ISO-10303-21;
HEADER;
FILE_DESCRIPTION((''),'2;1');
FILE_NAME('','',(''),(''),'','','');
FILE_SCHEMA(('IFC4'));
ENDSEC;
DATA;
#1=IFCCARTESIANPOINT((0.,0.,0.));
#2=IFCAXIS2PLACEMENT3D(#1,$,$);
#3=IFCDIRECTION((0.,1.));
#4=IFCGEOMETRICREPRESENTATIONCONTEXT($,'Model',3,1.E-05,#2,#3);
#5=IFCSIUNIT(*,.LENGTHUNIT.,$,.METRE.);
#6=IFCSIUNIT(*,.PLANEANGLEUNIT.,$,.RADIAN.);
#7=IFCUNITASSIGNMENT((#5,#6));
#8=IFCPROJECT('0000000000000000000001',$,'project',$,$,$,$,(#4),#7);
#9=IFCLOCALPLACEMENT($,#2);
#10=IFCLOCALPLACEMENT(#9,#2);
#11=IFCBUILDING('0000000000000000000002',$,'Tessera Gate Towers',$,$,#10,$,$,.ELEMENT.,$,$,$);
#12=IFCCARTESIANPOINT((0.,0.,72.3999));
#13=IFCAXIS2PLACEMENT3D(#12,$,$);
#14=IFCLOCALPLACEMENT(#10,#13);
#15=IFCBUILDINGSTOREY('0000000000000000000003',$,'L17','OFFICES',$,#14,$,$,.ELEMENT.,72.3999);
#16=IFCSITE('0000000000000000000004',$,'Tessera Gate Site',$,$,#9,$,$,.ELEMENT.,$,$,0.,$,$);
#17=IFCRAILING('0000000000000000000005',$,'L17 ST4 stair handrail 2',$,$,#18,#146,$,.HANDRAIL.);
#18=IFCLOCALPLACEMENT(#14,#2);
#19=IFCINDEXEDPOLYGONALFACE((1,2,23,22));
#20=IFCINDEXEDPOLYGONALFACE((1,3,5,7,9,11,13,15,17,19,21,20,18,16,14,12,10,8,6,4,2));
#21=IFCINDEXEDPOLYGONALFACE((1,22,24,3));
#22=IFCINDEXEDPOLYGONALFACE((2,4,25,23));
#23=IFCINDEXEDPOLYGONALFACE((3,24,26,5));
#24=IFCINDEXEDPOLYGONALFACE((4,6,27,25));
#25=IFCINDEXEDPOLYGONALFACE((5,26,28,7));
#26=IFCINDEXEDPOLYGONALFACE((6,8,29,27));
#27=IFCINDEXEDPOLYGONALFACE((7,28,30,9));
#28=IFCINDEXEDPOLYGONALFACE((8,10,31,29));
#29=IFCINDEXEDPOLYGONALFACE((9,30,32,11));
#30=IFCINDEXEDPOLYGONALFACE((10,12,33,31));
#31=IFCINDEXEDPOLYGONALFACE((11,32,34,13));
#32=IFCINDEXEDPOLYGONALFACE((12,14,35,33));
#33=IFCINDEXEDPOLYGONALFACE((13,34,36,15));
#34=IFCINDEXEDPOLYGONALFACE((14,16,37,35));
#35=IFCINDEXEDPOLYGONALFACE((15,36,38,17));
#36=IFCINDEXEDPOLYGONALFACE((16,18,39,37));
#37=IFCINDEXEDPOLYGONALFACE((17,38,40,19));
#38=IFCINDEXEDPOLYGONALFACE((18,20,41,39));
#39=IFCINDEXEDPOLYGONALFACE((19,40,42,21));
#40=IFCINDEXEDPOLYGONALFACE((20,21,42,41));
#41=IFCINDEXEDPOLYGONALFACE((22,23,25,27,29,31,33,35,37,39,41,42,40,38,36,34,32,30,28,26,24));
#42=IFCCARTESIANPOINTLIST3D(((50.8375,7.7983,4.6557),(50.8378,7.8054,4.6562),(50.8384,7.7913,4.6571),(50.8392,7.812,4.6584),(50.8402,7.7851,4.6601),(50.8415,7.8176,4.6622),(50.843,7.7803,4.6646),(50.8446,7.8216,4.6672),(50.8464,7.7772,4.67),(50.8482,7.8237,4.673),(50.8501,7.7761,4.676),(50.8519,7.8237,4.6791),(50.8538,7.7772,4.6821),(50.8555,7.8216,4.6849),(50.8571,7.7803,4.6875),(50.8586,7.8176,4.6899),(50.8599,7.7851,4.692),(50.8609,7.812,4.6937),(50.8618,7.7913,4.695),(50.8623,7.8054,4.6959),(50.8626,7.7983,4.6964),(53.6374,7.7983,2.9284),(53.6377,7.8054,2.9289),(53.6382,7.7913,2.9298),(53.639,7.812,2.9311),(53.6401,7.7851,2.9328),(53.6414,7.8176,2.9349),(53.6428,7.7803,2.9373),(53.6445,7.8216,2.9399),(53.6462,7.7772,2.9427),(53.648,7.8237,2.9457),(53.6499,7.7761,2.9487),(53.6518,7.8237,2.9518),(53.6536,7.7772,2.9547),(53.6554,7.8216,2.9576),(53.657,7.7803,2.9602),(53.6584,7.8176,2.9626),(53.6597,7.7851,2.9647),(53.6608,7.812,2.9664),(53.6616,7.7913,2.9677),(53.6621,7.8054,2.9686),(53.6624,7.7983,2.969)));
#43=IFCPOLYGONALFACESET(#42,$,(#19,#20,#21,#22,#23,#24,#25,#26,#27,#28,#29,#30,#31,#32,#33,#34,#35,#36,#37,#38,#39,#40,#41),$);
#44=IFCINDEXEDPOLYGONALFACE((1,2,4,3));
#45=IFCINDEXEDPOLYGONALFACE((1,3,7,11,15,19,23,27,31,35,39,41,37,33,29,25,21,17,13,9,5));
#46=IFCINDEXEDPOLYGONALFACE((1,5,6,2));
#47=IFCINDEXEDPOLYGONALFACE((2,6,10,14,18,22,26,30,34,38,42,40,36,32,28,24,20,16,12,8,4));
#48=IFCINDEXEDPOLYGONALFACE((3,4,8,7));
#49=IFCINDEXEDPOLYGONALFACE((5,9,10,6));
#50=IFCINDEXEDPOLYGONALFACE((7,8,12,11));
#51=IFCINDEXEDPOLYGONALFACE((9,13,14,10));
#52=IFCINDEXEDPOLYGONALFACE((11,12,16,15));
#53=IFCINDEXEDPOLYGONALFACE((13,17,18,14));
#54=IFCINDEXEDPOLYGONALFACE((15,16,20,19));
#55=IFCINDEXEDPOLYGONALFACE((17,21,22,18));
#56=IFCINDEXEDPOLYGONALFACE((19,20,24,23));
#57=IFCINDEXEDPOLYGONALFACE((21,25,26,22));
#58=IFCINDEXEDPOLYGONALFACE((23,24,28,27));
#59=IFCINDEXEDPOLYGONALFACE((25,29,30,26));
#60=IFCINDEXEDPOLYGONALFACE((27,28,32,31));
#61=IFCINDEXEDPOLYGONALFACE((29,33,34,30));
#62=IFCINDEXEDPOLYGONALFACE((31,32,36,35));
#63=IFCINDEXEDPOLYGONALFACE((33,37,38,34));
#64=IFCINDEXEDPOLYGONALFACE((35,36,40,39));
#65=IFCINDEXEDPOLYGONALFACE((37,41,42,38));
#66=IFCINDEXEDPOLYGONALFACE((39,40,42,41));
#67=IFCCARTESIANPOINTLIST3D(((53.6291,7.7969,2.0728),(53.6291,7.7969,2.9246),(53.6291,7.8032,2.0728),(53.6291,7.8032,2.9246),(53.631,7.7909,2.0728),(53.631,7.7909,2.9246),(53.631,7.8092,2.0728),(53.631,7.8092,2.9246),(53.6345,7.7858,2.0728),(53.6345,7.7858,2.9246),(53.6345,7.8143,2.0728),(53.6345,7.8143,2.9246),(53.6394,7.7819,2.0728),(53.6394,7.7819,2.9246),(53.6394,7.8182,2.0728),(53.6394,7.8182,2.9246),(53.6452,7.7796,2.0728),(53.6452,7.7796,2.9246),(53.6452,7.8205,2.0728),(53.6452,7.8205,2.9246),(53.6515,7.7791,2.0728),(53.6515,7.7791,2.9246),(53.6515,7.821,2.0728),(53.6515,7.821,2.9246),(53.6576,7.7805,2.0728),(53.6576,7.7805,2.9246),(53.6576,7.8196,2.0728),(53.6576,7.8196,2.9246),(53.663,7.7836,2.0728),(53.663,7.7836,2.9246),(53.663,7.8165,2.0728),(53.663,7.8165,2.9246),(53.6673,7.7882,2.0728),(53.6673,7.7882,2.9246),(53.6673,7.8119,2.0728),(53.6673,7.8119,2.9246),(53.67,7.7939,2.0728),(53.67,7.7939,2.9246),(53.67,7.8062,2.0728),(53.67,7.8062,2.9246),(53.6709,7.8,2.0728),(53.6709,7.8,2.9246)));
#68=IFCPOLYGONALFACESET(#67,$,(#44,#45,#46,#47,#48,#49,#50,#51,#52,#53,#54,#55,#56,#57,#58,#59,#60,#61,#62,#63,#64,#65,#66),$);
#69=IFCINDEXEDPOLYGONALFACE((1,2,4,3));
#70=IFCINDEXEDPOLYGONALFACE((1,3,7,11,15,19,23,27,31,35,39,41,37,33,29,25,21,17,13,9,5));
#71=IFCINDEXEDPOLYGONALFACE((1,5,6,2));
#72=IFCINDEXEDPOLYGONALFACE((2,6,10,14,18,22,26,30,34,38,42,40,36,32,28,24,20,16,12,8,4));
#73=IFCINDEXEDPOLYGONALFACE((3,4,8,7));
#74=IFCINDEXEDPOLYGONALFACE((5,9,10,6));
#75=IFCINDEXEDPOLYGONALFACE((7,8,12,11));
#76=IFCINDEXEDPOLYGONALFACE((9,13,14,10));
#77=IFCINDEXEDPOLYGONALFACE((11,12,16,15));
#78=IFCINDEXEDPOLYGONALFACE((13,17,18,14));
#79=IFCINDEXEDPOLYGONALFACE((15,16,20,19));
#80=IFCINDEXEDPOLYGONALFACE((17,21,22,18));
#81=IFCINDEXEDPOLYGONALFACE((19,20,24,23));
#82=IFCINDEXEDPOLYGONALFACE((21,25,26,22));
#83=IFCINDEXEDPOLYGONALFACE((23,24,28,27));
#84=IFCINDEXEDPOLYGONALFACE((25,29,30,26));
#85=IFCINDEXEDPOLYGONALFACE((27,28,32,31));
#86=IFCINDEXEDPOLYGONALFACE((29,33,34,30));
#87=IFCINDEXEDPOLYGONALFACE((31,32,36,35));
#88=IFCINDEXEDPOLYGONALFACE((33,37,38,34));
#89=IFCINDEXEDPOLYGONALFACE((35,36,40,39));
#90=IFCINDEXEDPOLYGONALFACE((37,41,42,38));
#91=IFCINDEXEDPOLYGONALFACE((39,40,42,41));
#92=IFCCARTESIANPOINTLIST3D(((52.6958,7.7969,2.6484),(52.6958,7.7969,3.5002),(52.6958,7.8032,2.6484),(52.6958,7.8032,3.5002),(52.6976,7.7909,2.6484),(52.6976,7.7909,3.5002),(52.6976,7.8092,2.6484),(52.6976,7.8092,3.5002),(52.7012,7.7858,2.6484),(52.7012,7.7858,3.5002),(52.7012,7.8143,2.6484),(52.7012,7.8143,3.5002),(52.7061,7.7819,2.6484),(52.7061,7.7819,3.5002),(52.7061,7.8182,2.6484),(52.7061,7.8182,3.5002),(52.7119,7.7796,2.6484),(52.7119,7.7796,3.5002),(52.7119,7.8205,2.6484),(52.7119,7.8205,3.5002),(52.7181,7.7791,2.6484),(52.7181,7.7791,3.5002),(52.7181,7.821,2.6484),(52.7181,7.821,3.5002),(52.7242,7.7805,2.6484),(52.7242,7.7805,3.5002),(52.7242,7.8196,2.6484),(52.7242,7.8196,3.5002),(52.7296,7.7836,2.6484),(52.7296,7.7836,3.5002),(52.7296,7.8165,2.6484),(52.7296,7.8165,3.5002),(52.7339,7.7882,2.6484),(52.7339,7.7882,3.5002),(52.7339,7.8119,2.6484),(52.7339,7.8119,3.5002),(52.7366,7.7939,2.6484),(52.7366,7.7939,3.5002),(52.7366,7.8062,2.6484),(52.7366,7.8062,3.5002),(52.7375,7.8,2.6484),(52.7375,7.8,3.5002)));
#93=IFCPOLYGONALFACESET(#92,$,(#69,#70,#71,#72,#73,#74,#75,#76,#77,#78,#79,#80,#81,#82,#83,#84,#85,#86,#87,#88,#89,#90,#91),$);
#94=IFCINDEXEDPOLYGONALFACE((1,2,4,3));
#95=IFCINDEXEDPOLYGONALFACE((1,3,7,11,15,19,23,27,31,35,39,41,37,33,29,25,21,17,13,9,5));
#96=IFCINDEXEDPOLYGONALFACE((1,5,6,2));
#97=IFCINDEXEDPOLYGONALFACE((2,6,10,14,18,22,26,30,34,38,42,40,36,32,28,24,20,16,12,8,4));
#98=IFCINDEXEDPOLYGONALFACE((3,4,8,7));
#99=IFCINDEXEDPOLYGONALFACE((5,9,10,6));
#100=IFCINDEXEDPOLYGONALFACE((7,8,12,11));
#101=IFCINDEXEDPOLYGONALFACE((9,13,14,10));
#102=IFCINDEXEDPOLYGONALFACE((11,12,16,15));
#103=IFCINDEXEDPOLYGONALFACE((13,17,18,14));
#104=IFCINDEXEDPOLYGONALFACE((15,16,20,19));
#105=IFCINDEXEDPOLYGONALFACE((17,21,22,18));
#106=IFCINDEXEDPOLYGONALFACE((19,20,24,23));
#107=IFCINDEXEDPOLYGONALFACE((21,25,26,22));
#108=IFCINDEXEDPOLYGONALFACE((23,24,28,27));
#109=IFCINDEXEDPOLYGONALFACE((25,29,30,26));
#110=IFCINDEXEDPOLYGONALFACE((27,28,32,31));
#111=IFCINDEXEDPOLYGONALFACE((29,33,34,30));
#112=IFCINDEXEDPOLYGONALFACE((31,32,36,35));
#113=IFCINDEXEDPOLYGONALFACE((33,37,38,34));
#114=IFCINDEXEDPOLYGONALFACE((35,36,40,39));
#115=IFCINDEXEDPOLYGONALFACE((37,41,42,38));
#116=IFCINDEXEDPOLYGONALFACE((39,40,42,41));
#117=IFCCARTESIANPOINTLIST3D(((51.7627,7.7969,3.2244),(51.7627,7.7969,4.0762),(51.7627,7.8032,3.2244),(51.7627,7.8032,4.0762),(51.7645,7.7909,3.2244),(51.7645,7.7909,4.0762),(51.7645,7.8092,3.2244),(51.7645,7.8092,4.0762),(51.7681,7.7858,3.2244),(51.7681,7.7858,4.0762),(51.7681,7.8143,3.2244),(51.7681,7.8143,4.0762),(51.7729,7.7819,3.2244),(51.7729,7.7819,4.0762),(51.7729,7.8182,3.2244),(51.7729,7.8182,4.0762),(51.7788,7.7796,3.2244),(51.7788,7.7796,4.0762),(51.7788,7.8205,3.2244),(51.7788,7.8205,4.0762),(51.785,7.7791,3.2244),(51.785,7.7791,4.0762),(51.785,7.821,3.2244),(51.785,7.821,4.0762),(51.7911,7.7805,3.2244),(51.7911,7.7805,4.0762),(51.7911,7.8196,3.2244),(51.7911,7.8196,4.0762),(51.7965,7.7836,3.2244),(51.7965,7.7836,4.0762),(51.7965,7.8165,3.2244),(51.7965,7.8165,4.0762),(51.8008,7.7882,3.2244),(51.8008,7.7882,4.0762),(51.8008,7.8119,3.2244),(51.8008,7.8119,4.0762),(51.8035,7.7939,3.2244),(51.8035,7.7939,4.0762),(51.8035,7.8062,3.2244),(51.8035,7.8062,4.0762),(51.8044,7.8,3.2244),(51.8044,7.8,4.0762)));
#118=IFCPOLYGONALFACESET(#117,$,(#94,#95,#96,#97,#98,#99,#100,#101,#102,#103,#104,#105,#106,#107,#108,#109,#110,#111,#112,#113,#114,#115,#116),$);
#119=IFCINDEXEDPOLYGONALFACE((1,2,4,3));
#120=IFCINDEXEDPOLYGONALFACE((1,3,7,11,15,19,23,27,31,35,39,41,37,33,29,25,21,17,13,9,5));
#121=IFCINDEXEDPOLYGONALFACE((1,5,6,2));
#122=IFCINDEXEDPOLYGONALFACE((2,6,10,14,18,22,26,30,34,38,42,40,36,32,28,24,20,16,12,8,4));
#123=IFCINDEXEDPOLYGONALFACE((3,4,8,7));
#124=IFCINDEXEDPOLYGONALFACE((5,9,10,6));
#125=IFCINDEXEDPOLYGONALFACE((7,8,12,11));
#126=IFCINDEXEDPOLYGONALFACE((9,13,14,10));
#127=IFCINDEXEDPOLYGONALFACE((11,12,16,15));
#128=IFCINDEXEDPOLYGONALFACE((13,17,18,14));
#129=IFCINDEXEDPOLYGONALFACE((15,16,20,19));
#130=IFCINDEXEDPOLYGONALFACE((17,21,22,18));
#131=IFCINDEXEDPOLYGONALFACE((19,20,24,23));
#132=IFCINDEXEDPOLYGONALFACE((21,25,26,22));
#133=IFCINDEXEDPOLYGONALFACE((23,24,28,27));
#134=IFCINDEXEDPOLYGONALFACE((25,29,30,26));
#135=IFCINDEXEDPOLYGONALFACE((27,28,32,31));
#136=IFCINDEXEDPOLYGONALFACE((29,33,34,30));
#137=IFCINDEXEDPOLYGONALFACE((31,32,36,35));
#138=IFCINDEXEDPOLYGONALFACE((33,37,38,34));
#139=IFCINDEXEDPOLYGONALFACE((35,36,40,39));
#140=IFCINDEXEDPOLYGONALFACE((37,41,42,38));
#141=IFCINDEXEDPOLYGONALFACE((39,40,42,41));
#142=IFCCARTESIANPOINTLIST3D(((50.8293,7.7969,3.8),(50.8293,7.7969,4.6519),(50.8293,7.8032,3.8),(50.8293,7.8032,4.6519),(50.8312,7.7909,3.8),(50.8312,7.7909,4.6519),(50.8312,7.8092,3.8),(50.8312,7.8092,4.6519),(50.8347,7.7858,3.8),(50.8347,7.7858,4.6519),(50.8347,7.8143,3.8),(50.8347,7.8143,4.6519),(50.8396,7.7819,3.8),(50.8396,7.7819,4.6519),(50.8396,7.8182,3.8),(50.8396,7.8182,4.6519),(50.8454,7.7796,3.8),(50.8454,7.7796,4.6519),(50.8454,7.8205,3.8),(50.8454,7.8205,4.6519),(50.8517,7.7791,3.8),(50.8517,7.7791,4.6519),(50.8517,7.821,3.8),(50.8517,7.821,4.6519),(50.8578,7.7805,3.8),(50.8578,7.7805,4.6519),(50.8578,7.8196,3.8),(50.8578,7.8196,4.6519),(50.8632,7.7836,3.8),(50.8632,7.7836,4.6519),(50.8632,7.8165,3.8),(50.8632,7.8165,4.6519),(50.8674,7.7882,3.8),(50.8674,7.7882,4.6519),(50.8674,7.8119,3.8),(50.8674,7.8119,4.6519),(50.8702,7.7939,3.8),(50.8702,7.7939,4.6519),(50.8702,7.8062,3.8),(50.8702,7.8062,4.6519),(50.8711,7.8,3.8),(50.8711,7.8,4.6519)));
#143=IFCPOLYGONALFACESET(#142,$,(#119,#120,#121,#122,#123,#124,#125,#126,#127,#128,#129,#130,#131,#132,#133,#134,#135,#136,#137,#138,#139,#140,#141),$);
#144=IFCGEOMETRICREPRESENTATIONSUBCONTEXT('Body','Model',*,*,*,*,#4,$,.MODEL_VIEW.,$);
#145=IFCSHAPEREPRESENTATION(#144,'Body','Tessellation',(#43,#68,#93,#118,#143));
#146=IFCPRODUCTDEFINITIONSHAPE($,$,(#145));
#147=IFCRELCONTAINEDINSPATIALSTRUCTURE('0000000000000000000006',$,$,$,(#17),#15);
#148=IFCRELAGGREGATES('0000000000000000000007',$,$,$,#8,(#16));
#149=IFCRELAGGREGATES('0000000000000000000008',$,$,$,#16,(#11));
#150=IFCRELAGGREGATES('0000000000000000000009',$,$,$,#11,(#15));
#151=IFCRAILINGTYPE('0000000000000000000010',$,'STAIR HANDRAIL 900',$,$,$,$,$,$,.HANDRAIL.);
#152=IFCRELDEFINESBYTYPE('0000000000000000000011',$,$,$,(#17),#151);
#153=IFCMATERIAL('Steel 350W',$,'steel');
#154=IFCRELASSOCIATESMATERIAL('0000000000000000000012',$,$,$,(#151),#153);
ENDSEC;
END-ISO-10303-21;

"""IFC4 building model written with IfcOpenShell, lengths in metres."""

from ifc_helpers import new_model, si_unit, direction, frame, origin, origin_2d, place, context, subcontext, project, spatial, circle, extrude, material, type_object, element, save


model = new_model("IFC4")

# Units and contexts
model_context = context("Model", 3, precision=1e-05, world=origin(), true_north=direction((0.0, 1.0)))
body_context = subcontext(model_context, "Body", "Model", "MODEL_VIEW")
ifc_project = project(units=[si_unit("LENGTHUNIT", "METRE"), si_unit("PLANEANGLEUNIT", "RADIAN")], contexts=[model_context])

# Site, building, storey
site_placement = place(None, origin())
site = spatial("IfcSite", under=ifc_project, at=site_placement, Name="Tessera Gate Site", CompositionType="ELEMENT", RefElevation=0.0)
building_placement = place(site_placement, origin())
building = spatial("IfcBuilding", under=site, at=building_placement, Name="Tessera Gate Towers", CompositionType="ELEMENT")
storey_placement = place(building_placement, frame((0.0, 0.0, 72.3999)))
storey = spatial("IfcBuildingStorey", under=building, at=storey_placement, Name="L17", Description="OFFICES", CompositionType="ELEMENT", Elevation=72.3999)

# Railing
ifc_material_1 = material(Name="Steel 350W", Category="steel")
railing_type = type_object("IfcRailingType", Name="STAIR HANDRAIL 900", PredefinedType="HANDRAIL", material=ifc_material_1)
railing_1_placement = place(storey_placement, frame((53.6499, 7.8, 2.0728)))
element("IfcRailing", 1, at=railing_1_placement, inside=storey, type_object=railing_type, Name="L17 ST4 stair handrail 2", PredefinedType="HANDRAIL", context=body_context, shape_type="SweptSolid", body=[
    extrude(circle(Radius=0.0239, at=origin_2d()), frame((0.0, 0.0, 0.876), z_axis=(-0.851069, 0.0, 0.525054), x_axis=(0.0, -1.0, 0.0)), (0.0, 0.0, 1.0), 3.2898),
    extrude(circle(Radius=0.021, at=origin_2d()), origin(), (0.0, 0.0, 1.0), 0.8518),
    extrude(circle(Radius=0.021, at=origin_2d()), frame((-0.9333, 0.0, 0.5757)), (0.0, 0.0, 1.0), 0.8518),
    extrude(circle(Radius=0.021, at=origin_2d()), frame((-1.8665, 0.0, 1.1516)), (0.0, 0.0, 1.0), 0.8518),
    extrude(circle(Radius=0.021, at=origin_2d()), frame((-2.7998, 0.0, 1.7273)), (0.0, 0.0, 1.0), 0.8518),
])

save(model, "model.ifc")
